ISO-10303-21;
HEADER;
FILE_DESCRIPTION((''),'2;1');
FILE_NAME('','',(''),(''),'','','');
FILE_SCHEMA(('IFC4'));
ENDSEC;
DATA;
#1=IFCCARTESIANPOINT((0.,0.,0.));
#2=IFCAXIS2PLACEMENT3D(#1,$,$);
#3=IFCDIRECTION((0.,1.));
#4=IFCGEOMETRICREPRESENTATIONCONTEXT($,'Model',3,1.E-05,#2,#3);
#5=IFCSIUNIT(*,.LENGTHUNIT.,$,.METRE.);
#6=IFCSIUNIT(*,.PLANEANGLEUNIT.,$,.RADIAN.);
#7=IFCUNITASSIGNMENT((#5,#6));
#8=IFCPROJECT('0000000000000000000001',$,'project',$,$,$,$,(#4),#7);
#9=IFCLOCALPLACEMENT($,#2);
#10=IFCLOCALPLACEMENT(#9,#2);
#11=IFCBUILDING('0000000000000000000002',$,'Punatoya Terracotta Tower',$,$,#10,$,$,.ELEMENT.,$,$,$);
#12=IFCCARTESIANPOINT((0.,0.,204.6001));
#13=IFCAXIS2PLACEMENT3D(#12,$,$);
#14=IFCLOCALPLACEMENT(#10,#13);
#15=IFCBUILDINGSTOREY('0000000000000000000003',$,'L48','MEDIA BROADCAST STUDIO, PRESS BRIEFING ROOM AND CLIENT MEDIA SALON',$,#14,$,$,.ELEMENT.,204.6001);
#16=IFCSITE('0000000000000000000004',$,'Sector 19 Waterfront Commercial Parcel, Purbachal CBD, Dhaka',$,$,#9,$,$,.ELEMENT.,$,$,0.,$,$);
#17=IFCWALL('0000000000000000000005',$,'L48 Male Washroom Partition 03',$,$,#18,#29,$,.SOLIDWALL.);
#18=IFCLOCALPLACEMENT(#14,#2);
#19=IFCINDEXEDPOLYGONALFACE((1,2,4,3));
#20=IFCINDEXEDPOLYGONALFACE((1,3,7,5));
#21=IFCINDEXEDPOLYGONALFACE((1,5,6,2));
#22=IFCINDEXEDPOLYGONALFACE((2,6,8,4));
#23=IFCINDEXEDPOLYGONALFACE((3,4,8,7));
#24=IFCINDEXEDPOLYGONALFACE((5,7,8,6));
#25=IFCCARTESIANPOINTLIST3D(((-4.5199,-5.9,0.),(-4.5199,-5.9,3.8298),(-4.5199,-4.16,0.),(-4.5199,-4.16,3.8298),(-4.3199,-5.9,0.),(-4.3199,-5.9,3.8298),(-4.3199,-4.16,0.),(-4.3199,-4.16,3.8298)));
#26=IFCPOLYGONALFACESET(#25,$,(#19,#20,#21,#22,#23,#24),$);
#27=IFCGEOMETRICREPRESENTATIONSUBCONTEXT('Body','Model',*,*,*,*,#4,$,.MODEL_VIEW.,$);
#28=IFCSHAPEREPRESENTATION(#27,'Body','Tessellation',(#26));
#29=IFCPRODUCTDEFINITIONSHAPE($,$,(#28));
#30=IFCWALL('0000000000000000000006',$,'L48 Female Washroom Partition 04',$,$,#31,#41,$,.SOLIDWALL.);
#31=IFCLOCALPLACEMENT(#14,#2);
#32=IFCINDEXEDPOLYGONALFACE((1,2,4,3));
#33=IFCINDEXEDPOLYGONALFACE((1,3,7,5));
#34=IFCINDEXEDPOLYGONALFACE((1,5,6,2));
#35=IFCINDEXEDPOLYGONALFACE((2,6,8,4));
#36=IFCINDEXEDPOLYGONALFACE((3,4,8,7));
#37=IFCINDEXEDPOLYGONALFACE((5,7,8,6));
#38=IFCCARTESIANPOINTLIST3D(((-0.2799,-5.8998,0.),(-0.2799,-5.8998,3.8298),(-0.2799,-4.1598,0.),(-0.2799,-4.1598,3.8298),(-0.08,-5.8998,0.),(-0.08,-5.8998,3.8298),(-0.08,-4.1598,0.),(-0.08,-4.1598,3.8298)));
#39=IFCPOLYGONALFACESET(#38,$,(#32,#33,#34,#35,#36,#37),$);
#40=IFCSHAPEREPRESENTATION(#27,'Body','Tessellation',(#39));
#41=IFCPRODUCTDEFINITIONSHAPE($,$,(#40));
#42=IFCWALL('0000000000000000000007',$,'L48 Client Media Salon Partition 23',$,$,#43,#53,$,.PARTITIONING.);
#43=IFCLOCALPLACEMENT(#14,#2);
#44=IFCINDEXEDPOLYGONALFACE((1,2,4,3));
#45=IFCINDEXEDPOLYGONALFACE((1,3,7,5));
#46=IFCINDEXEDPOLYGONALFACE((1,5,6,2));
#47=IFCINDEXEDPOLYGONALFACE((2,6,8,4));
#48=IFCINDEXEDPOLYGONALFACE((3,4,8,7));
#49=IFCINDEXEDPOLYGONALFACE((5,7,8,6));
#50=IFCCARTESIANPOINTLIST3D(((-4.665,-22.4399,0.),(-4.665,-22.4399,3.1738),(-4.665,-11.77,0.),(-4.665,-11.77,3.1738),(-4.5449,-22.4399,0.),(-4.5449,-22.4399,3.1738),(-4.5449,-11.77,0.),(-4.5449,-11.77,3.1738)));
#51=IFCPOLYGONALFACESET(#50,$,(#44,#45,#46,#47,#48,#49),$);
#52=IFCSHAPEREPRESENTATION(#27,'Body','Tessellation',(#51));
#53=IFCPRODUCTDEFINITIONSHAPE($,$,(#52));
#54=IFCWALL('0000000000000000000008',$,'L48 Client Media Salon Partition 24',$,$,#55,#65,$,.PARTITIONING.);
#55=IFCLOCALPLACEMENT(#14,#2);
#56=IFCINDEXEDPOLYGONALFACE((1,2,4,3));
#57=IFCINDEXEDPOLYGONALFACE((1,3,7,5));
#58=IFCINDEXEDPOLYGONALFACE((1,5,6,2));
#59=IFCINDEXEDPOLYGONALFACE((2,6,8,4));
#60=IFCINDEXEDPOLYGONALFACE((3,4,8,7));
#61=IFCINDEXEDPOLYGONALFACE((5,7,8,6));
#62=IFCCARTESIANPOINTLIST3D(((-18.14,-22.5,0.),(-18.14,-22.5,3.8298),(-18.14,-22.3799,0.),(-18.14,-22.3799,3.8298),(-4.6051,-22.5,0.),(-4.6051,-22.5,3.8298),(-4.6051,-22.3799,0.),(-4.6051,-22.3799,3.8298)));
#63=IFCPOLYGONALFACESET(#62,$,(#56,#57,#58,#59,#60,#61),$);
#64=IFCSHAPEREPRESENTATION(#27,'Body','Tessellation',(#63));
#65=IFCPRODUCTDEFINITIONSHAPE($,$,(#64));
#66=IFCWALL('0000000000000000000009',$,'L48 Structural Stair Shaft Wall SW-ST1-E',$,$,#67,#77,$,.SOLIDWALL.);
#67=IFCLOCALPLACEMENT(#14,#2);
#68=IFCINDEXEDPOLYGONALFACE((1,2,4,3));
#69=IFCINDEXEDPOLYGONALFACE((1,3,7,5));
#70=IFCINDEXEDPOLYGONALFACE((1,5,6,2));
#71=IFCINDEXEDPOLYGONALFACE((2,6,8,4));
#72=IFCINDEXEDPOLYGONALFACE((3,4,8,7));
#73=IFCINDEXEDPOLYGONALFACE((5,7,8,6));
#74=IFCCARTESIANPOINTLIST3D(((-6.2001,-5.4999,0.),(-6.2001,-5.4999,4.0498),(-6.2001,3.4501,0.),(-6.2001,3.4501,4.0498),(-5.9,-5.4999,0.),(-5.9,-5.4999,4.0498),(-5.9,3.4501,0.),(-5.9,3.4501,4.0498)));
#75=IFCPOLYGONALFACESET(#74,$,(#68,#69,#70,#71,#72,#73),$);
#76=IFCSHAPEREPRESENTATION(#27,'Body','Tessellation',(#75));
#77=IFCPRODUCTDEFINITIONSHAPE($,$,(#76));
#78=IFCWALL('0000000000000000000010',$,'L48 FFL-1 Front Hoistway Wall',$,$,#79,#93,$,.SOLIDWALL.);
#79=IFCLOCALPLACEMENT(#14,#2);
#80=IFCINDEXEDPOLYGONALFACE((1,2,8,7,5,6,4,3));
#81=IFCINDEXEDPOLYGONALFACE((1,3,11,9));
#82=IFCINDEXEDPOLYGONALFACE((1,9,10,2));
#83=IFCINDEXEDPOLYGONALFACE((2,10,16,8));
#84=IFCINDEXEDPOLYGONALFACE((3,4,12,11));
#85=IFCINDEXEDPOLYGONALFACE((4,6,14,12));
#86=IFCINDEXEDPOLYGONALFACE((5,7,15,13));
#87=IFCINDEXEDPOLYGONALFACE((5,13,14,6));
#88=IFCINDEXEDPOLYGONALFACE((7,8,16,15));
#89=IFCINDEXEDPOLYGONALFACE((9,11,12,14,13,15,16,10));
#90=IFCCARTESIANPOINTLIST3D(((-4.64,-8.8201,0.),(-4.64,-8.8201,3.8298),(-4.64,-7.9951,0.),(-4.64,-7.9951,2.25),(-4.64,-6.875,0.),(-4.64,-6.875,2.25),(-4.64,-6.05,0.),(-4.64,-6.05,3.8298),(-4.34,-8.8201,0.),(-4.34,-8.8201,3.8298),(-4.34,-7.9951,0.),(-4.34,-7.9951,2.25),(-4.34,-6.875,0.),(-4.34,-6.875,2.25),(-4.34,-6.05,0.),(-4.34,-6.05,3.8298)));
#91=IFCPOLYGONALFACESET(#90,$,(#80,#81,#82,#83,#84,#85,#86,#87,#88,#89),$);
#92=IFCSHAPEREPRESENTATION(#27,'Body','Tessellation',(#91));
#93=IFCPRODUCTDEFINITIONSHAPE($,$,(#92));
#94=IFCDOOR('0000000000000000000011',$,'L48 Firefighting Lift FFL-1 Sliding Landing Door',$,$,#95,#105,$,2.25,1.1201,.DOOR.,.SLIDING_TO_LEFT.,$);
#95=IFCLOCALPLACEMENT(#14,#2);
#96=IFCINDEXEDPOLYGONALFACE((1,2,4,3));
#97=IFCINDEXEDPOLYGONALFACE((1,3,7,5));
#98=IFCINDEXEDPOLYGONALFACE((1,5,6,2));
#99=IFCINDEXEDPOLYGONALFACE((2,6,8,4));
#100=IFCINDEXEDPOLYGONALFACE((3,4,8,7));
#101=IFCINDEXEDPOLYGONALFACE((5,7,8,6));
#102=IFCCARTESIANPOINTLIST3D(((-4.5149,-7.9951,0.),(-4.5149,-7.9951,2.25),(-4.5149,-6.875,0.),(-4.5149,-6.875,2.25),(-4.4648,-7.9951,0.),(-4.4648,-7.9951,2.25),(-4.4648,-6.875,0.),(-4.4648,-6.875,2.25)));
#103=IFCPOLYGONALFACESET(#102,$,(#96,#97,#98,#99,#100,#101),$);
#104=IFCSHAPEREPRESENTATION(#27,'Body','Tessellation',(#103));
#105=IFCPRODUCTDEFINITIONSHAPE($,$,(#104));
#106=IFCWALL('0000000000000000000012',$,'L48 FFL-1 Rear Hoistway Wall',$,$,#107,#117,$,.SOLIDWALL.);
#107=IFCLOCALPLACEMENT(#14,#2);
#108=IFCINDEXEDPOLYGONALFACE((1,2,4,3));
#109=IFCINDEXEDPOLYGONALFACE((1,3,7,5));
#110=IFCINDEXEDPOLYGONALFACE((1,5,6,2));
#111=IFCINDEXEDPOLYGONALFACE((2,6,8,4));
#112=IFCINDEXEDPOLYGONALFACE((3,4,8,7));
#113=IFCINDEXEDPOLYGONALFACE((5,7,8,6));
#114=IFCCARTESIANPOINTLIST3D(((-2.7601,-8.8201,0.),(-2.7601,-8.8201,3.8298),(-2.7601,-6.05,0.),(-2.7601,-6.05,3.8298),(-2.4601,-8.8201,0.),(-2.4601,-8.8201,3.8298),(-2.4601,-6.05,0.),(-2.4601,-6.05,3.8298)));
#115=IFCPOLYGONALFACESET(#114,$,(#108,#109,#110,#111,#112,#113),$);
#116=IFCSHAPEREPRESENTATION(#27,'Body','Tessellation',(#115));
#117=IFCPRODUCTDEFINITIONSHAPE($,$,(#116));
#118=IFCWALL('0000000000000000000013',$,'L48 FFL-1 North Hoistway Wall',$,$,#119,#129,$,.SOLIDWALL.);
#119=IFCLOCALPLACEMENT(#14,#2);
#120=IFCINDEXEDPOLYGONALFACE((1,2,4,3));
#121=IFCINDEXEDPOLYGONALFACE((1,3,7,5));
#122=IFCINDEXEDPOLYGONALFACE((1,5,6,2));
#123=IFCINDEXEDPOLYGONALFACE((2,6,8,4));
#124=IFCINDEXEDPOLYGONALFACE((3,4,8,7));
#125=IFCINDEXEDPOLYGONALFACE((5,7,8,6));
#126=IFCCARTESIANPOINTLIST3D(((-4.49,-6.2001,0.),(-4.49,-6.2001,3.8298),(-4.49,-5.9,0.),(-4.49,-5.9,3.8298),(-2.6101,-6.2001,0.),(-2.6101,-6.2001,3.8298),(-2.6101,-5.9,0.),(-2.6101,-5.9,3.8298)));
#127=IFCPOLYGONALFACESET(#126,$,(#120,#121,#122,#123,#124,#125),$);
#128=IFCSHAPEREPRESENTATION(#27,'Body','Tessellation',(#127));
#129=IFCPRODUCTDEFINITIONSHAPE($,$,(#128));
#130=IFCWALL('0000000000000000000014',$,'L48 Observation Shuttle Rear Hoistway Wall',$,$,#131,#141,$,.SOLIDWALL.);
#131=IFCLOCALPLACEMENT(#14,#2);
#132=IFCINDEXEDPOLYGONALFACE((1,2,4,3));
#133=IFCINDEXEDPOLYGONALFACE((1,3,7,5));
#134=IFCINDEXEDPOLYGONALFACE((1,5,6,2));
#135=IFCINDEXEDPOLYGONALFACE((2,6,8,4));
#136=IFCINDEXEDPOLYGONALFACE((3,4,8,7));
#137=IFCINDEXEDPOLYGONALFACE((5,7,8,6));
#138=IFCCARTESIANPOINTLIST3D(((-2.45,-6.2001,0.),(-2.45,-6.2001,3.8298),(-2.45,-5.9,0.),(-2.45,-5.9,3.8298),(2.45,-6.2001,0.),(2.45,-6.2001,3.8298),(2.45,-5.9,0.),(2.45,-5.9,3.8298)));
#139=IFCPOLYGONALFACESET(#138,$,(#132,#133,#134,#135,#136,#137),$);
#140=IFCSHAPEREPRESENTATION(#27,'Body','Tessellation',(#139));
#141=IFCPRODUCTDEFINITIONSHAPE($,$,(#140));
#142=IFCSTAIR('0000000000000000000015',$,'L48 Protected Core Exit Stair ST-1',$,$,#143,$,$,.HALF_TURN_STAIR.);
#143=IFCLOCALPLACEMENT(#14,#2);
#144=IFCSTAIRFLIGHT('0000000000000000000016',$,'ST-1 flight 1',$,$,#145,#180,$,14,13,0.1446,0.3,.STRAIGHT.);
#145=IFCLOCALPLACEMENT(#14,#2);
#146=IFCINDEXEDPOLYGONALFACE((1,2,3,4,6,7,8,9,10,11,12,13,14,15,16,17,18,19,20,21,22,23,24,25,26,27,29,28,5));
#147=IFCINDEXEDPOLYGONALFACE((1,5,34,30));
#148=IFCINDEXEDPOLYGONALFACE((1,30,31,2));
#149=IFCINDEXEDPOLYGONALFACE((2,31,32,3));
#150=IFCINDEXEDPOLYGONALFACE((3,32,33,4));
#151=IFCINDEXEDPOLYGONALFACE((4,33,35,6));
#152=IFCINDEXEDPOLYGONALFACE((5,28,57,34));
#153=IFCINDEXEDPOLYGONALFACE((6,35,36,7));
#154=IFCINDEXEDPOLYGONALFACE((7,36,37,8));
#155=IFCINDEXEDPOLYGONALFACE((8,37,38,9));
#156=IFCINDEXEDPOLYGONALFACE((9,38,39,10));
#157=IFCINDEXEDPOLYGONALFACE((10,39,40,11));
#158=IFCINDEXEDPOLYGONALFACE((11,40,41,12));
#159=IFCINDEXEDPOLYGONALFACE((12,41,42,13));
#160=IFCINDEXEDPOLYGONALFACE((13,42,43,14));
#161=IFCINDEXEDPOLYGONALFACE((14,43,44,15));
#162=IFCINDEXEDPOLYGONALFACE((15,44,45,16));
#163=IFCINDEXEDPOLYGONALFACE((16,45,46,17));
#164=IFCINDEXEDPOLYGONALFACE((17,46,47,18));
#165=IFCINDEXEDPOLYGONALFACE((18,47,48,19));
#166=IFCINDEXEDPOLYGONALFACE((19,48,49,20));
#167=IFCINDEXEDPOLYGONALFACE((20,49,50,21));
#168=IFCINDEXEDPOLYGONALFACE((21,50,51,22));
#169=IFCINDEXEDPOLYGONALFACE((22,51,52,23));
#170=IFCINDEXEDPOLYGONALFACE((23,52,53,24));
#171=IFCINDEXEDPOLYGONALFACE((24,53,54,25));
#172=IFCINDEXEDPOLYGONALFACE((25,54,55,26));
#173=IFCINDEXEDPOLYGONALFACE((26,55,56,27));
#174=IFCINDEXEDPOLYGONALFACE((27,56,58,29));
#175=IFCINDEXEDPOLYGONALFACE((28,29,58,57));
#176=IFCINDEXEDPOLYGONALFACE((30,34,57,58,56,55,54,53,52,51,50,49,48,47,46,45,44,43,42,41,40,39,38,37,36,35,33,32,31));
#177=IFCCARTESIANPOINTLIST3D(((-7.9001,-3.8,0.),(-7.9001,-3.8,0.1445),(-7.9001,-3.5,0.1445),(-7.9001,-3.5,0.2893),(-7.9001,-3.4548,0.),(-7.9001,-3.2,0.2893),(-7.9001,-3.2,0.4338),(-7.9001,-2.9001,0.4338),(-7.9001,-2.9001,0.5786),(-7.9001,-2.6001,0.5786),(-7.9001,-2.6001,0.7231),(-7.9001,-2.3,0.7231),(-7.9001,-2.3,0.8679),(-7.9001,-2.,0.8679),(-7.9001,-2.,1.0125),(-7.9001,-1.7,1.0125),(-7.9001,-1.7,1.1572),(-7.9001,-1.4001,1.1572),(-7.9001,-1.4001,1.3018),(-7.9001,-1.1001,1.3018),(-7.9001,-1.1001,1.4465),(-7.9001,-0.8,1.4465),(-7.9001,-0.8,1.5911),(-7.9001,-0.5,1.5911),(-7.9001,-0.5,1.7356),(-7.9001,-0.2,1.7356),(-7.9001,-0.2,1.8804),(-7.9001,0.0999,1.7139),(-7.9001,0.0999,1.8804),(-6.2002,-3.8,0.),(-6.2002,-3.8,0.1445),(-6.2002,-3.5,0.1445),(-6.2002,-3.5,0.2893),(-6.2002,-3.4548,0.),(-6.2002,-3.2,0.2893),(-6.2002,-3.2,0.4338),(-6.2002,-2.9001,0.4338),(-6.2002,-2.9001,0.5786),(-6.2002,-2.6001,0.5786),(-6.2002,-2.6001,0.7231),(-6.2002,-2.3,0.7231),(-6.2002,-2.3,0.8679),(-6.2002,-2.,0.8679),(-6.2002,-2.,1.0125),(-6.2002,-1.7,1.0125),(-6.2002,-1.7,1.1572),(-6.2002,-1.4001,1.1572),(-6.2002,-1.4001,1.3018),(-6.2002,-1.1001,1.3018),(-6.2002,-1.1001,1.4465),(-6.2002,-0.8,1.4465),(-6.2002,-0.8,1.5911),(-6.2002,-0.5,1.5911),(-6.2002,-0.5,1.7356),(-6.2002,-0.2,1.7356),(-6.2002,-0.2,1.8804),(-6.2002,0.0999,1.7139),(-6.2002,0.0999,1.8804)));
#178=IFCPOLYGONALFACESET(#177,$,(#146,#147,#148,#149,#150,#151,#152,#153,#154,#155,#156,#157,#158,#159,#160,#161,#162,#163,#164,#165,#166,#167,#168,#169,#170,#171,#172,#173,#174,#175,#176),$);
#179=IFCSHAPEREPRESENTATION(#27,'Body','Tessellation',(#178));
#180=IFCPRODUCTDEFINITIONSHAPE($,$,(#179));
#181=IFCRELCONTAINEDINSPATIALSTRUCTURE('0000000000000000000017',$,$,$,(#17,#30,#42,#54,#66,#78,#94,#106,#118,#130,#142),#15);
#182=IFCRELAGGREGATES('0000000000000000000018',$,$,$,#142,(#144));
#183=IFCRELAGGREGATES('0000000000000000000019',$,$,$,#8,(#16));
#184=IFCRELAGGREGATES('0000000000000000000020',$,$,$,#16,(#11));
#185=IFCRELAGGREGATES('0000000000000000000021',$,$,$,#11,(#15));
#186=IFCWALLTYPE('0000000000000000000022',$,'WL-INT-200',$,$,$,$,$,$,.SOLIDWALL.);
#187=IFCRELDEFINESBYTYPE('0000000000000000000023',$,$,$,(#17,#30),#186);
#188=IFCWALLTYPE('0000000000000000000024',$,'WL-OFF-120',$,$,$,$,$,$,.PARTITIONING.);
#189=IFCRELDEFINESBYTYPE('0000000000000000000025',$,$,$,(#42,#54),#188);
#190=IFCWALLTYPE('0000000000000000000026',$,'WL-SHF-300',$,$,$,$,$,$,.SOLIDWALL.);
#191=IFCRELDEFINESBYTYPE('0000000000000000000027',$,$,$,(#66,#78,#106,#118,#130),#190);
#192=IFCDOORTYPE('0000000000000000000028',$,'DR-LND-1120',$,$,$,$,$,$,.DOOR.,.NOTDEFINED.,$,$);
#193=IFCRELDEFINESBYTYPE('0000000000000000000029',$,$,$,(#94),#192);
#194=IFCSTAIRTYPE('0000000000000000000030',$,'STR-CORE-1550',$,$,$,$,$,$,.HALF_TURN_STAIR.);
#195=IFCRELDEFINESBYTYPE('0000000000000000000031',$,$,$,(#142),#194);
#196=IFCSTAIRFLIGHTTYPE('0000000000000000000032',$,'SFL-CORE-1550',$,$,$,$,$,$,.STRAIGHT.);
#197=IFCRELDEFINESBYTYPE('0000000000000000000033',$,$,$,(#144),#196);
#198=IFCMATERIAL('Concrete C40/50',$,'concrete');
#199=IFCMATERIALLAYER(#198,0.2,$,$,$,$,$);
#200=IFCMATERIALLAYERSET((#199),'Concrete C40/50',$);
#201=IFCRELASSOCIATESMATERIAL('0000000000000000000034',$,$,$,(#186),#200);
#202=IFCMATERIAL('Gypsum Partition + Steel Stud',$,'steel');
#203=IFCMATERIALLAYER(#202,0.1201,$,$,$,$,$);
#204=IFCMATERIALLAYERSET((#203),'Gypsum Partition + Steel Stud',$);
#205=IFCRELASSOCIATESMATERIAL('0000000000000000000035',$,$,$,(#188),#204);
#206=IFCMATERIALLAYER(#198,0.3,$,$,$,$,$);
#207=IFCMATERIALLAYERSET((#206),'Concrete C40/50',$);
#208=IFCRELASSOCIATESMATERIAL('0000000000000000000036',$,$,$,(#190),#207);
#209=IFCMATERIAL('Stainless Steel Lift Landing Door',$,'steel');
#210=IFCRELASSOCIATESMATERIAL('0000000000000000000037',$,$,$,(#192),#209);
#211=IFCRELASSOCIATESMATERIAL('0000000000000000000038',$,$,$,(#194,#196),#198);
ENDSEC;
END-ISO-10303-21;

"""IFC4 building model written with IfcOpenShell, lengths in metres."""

from ifc_helpers import new_model, si_unit, direction, frame, frame_2d, origin, place, context, subcontext, project, spatial, polyline, rectangle, outline, extrude, material, layer, layer_set, type_object, element, fill, aggregate, save


model = new_model("IFC4")

# Units and contexts
model_context = context("Model", 3, precision=1e-05, world=origin(), true_north=direction((0.0, 1.0)))
body_context = subcontext(model_context, "Body", "Model", "MODEL_VIEW")
ifc_project = project(units=[si_unit("LENGTHUNIT", "METRE"), si_unit("PLANEANGLEUNIT", "RADIAN")], contexts=[model_context])

# Site, building, storey
site_placement = place(None, origin())
site = spatial("IfcSite", under=ifc_project, at=site_placement, Name="Sector 19 Waterfront Commercial Parcel, Purbachal CBD, Dhaka", CompositionType="ELEMENT", RefElevation=0.0)
building_placement = place(site_placement, origin())
building = spatial("IfcBuilding", under=site, at=building_placement, Name="Punatoya Terracotta Tower", CompositionType="ELEMENT")
storey_placement = place(building_placement, frame((0.0, 0.0, 204.6001)))
storey = spatial("IfcBuildingStorey", under=building, at=storey_placement, Name="L48", Description="MEDIA BROADCAST STUDIO, PRESS BRIEFING ROOM AND CLIENT MEDIA SALON", CompositionType="ELEMENT", Elevation=204.6001)

# Shared definitions
ifc_material_1 = material(Name="Concrete C40/50", Category="concrete")
ifc_layer_1 = layer(ifc_material_1, 0.2)
ifc_layer_set_1 = layer_set([ifc_layer_1], Name="Concrete C40/50")
wall_type_1 = type_object("IfcWallType", Name="WL-INT-200", PredefinedType="SOLIDWALL", material=ifc_layer_set_1)

# Walls
for number, where, z_axis, x_axis, name in (
    (1, (-4.4199, -4.1599, 0.0), (0.0, 0.0, 1.0), (0.0, -1.0, 0.0), "L48 Male Washroom Partition 03"),
    (2, (-0.1799, -5.8999, 0.0), (0.0, 0.0, 1.0), (0.0, 1.0, 0.0), "L48 Female Washroom Partition 04"),
):
    element("IfcWall", number, at=place(storey_placement, frame(where, z_axis=z_axis, x_axis=x_axis)), inside=storey, type_object=wall_type_1, Name=name, PredefinedType="SOLIDWALL", context=body_context, shape_type="SweptSolid", body=[
        extrude(rectangle(XDim=1.74, YDim=0.2, at=frame_2d((0.8701, 0.0))), origin(), (0.0, 0.0, 1.0), 3.8298),
    ])

# Walls
ifc_material_2 = material(Name="Gypsum Partition + Steel Stud", Category="steel")
ifc_layer_2 = layer(ifc_material_2, 0.1201)
ifc_layer_set_2 = layer_set([ifc_layer_2], Name="Gypsum Partition + Steel Stud")
wall_type_2 = type_object("IfcWallType", Name="WL-OFF-120", PredefinedType="PARTITIONING", material=ifc_layer_set_2)
wall_1_placement = place(storey_placement, frame((-4.605, -11.77, 0.0), z_axis=(0.0, 0.0, 1.0), x_axis=(0.0, -1.0, 0.0)))
element("IfcWall", 3, at=wall_1_placement, inside=storey, type_object=wall_type_2, Name="L48 Client Media Salon Partition 23", PredefinedType="PARTITIONING", context=body_context, shape_type="SweptSolid", body=[
    extrude(rectangle(XDim=10.6699, YDim=0.1201, at=frame_2d((5.335, 0.0))), origin(), (0.0, 0.0, 1.0), 3.1738),
])
wall_2_placement = place(storey_placement, frame((-4.605, -22.4399, 0.0), z_axis=(0.0, 0.0, 1.0), x_axis=(-1.0, 0.0, 0.0)))
element("IfcWall", 4, at=wall_2_placement, inside=storey, type_object=wall_type_2, Name="L48 Client Media Salon Partition 24", PredefinedType="PARTITIONING", context=body_context, shape_type="SweptSolid", body=[
    extrude(rectangle(XDim=13.5349, YDim=0.1201, at=frame_2d((6.7676, 0.0))), origin(), (0.0, 0.0, 1.0), 3.8298),
])
ifc_layer_3 = layer(ifc_material_1, 0.3)
ifc_layer_set_3 = layer_set([ifc_layer_3], Name="Concrete C40/50")
wall_type_3 = type_object("IfcWallType", Name="WL-SHF-300", PredefinedType="SOLIDWALL", material=ifc_layer_set_3)
wall_3_placement = place(storey_placement, frame((-6.05, -5.5, 0.0), z_axis=(0.0, 0.0, 1.0), x_axis=(0.0, 1.0, 0.0)))
element("IfcWall", 5, at=wall_3_placement, inside=storey, type_object=wall_type_3, Name="L48 Structural Stair Shaft Wall SW-ST1-E", PredefinedType="SOLIDWALL", context=body_context, shape_type="SweptSolid", body=[
    extrude(rectangle(XDim=8.95, YDim=0.3, at=frame_2d((4.4751, 0.0))), origin(), (0.0, 0.0, 1.0), 4.0498),
])

# Wall, opening, door
wall_4_placement = place(storey_placement, frame((-4.49, -8.8201, 0.0), z_axis=(0.0, 0.0, 1.0), x_axis=(0.0, 1.0, 0.0)))
wall_4 = element("IfcWall", 6, at=wall_4_placement, inside=storey, type_object=wall_type_3, Name="L48 FFL-1 Front Hoistway Wall", PredefinedType="SOLIDWALL", context=body_context, shape_type="SweptSolid", body=[
    extrude(rectangle(XDim=2.77, YDim=0.3, at=frame_2d((1.385, 0.0))), origin(), (0.0, 0.0, 1.0), 3.8298),
])
opening_1_placement = place(wall_4_placement, frame((0.825, 0.0, 0.0)))
opening_1 = element("IfcOpeningElement", 7, at=opening_1_placement, cuts=wall_4, PredefinedType="OPENING", context=body_context, shape_type="SweptSolid", body=[
    extrude(rectangle(XDim=1.1201, YDim=2.25, at=frame_2d((0.5601, 1.125))), frame((0.0, 0.1599, 0.0), z_axis=(0.0, -1.0, 0.0), x_axis=(1.0, 0.0, 0.0)), (0.0, 0.0, 1.0), 0.3201),
])
ifc_material_3 = material(Name="Stainless Steel Lift Landing Door", Category="steel")
door_type_1 = type_object("IfcDoorType", Name="DR-LND-1120", OperationType="NOTDEFINED", PredefinedType="DOOR", material=ifc_material_3)
door_1_placement = place(opening_1_placement, origin())
door_1 = element("IfcDoor", 8, at=door_1_placement, inside=storey, type_object=door_type_1, Name="L48 Firefighting Lift FFL-1 Sliding Landing Door", OperationType="SLIDING_TO_LEFT", OverallHeight=2.25, OverallWidth=1.1201, PredefinedType="DOOR", context=body_context, shape_type="SweptSolid", body=[
    extrude(rectangle(XDim=1.1201, YDim=2.25, at=frame_2d((0.5601, 1.125))), frame((0.0, 0.0249, 0.0), z_axis=(0.0, -1.0, 0.0), x_axis=(1.0, 0.0, 0.0)), (0.0, 0.0, 1.0), 0.05),
])
fill(opening_1, door_1)

# Walls
wall_5_placement = place(storey_placement, frame((-2.6101, -8.8201, 0.0), z_axis=(0.0, 0.0, 1.0), x_axis=(0.0, 1.0, 0.0)))
element("IfcWall", 9, at=wall_5_placement, inside=storey, type_object=wall_type_3, Name="L48 FFL-1 Rear Hoistway Wall", PredefinedType="SOLIDWALL", context=body_context, shape_type="SweptSolid", body=[
    extrude(rectangle(XDim=2.77, YDim=0.3, at=frame_2d((1.385, 0.0))), origin(), (0.0, 0.0, 1.0), 3.8298),
])
wall_6_placement = place(storey_placement, frame((-4.49, -6.05, 0.0), z_axis=(0.0, 0.0, 1.0), x_axis=(1.0, 0.0, 0.0)))
element("IfcWall", 10, at=wall_6_placement, inside=storey, type_object=wall_type_3, Name="L48 FFL-1 North Hoistway Wall", PredefinedType="SOLIDWALL", context=body_context, shape_type="SweptSolid", body=[
    extrude(rectangle(XDim=1.8799, YDim=0.3, at=frame_2d((0.9399, 0.0))), origin(), (0.0, 0.0, 1.0), 3.8298),
])
wall_7_placement = place(storey_placement, frame((-2.45, -6.05, 0.0), z_axis=(0.0, 0.0, 1.0), x_axis=(1.0, 0.0, 0.0)))
element("IfcWall", 11, at=wall_7_placement, inside=storey, type_object=wall_type_3, Name="L48 Observation Shuttle Rear Hoistway Wall", PredefinedType="SOLIDWALL", context=body_context, shape_type="SweptSolid", body=[
    extrude(rectangle(XDim=4.8999, YDim=0.3, at=frame_2d((2.45, 0.0))), origin(), (0.0, 0.0, 1.0), 3.8298),
])

# Stair, stair flight
stair_type = type_object("IfcStairType", Name="STR-CORE-1550", PredefinedType="HALF_TURN_STAIR", material=ifc_material_1)
stair_placement = place(storey_placement, origin())
stair = element("IfcStair", 12, at=stair_placement, inside=storey, type_object=stair_type, Name="L48 Protected Core Exit Stair ST-1", PredefinedType="HALF_TURN_STAIR")
stair_flight_type = type_object("IfcStairFlightType", Name="SFL-CORE-1550", PredefinedType="STRAIGHT", material=ifc_material_1)
stair_flight_placement = place(storey_placement, frame((-7.05, -3.8, 0.0), z_axis=(0.0, 0.0, 1.0), x_axis=(0.0, 1.0, 0.0)))
stair_flight = element("IfcStairFlight", 13, at=stair_flight_placement, type_object=stair_flight_type, Name="ST-1 flight 1", NumberOfRisers=14, NumberOfTreads=13, PredefinedType="STRAIGHT", RiserHeight=0.1446, TreadLength=0.3, context=body_context, shape_type="SweptSolid", body=[
    extrude(outline(polyline([(0.0, 0.0), (0.0, 0.1445), (0.3, 0.1445), (0.3, 0.2893), (0.6001, 0.2893), (0.6001, 0.4338), (0.8999, 0.4338), (0.8999, 0.5786), (1.2, 0.5786), (1.2, 0.7231), (1.5, 0.7231), (1.5, 0.8679), (1.8, 0.8679), (1.8, 1.0125), (2.1001, 1.0125), (2.1001, 1.1572), (2.3999, 1.1572), (2.3999, 1.3018), (2.7, 1.3018), (2.7, 1.4465), (3.0, 1.4465), (3.0, 1.5911), (3.3, 1.5911), (3.3, 1.7356), (3.6001, 1.7356), (3.6001, 1.8804), (3.8999, 1.8804), (3.8999, 2.0249), (3.8999, 1.7139), (0.3452, 0.0), (0.0, 0.0)])), frame((0.0, 0.8501, 0.0), z_axis=(0.0, -1.0, 0.0), x_axis=(1.0, 0.0, 0.0)), (0.0, 0.0, 1.0), 1.7),
])
aggregate(stair, [stair_flight])

save(model, "model.ifc")
